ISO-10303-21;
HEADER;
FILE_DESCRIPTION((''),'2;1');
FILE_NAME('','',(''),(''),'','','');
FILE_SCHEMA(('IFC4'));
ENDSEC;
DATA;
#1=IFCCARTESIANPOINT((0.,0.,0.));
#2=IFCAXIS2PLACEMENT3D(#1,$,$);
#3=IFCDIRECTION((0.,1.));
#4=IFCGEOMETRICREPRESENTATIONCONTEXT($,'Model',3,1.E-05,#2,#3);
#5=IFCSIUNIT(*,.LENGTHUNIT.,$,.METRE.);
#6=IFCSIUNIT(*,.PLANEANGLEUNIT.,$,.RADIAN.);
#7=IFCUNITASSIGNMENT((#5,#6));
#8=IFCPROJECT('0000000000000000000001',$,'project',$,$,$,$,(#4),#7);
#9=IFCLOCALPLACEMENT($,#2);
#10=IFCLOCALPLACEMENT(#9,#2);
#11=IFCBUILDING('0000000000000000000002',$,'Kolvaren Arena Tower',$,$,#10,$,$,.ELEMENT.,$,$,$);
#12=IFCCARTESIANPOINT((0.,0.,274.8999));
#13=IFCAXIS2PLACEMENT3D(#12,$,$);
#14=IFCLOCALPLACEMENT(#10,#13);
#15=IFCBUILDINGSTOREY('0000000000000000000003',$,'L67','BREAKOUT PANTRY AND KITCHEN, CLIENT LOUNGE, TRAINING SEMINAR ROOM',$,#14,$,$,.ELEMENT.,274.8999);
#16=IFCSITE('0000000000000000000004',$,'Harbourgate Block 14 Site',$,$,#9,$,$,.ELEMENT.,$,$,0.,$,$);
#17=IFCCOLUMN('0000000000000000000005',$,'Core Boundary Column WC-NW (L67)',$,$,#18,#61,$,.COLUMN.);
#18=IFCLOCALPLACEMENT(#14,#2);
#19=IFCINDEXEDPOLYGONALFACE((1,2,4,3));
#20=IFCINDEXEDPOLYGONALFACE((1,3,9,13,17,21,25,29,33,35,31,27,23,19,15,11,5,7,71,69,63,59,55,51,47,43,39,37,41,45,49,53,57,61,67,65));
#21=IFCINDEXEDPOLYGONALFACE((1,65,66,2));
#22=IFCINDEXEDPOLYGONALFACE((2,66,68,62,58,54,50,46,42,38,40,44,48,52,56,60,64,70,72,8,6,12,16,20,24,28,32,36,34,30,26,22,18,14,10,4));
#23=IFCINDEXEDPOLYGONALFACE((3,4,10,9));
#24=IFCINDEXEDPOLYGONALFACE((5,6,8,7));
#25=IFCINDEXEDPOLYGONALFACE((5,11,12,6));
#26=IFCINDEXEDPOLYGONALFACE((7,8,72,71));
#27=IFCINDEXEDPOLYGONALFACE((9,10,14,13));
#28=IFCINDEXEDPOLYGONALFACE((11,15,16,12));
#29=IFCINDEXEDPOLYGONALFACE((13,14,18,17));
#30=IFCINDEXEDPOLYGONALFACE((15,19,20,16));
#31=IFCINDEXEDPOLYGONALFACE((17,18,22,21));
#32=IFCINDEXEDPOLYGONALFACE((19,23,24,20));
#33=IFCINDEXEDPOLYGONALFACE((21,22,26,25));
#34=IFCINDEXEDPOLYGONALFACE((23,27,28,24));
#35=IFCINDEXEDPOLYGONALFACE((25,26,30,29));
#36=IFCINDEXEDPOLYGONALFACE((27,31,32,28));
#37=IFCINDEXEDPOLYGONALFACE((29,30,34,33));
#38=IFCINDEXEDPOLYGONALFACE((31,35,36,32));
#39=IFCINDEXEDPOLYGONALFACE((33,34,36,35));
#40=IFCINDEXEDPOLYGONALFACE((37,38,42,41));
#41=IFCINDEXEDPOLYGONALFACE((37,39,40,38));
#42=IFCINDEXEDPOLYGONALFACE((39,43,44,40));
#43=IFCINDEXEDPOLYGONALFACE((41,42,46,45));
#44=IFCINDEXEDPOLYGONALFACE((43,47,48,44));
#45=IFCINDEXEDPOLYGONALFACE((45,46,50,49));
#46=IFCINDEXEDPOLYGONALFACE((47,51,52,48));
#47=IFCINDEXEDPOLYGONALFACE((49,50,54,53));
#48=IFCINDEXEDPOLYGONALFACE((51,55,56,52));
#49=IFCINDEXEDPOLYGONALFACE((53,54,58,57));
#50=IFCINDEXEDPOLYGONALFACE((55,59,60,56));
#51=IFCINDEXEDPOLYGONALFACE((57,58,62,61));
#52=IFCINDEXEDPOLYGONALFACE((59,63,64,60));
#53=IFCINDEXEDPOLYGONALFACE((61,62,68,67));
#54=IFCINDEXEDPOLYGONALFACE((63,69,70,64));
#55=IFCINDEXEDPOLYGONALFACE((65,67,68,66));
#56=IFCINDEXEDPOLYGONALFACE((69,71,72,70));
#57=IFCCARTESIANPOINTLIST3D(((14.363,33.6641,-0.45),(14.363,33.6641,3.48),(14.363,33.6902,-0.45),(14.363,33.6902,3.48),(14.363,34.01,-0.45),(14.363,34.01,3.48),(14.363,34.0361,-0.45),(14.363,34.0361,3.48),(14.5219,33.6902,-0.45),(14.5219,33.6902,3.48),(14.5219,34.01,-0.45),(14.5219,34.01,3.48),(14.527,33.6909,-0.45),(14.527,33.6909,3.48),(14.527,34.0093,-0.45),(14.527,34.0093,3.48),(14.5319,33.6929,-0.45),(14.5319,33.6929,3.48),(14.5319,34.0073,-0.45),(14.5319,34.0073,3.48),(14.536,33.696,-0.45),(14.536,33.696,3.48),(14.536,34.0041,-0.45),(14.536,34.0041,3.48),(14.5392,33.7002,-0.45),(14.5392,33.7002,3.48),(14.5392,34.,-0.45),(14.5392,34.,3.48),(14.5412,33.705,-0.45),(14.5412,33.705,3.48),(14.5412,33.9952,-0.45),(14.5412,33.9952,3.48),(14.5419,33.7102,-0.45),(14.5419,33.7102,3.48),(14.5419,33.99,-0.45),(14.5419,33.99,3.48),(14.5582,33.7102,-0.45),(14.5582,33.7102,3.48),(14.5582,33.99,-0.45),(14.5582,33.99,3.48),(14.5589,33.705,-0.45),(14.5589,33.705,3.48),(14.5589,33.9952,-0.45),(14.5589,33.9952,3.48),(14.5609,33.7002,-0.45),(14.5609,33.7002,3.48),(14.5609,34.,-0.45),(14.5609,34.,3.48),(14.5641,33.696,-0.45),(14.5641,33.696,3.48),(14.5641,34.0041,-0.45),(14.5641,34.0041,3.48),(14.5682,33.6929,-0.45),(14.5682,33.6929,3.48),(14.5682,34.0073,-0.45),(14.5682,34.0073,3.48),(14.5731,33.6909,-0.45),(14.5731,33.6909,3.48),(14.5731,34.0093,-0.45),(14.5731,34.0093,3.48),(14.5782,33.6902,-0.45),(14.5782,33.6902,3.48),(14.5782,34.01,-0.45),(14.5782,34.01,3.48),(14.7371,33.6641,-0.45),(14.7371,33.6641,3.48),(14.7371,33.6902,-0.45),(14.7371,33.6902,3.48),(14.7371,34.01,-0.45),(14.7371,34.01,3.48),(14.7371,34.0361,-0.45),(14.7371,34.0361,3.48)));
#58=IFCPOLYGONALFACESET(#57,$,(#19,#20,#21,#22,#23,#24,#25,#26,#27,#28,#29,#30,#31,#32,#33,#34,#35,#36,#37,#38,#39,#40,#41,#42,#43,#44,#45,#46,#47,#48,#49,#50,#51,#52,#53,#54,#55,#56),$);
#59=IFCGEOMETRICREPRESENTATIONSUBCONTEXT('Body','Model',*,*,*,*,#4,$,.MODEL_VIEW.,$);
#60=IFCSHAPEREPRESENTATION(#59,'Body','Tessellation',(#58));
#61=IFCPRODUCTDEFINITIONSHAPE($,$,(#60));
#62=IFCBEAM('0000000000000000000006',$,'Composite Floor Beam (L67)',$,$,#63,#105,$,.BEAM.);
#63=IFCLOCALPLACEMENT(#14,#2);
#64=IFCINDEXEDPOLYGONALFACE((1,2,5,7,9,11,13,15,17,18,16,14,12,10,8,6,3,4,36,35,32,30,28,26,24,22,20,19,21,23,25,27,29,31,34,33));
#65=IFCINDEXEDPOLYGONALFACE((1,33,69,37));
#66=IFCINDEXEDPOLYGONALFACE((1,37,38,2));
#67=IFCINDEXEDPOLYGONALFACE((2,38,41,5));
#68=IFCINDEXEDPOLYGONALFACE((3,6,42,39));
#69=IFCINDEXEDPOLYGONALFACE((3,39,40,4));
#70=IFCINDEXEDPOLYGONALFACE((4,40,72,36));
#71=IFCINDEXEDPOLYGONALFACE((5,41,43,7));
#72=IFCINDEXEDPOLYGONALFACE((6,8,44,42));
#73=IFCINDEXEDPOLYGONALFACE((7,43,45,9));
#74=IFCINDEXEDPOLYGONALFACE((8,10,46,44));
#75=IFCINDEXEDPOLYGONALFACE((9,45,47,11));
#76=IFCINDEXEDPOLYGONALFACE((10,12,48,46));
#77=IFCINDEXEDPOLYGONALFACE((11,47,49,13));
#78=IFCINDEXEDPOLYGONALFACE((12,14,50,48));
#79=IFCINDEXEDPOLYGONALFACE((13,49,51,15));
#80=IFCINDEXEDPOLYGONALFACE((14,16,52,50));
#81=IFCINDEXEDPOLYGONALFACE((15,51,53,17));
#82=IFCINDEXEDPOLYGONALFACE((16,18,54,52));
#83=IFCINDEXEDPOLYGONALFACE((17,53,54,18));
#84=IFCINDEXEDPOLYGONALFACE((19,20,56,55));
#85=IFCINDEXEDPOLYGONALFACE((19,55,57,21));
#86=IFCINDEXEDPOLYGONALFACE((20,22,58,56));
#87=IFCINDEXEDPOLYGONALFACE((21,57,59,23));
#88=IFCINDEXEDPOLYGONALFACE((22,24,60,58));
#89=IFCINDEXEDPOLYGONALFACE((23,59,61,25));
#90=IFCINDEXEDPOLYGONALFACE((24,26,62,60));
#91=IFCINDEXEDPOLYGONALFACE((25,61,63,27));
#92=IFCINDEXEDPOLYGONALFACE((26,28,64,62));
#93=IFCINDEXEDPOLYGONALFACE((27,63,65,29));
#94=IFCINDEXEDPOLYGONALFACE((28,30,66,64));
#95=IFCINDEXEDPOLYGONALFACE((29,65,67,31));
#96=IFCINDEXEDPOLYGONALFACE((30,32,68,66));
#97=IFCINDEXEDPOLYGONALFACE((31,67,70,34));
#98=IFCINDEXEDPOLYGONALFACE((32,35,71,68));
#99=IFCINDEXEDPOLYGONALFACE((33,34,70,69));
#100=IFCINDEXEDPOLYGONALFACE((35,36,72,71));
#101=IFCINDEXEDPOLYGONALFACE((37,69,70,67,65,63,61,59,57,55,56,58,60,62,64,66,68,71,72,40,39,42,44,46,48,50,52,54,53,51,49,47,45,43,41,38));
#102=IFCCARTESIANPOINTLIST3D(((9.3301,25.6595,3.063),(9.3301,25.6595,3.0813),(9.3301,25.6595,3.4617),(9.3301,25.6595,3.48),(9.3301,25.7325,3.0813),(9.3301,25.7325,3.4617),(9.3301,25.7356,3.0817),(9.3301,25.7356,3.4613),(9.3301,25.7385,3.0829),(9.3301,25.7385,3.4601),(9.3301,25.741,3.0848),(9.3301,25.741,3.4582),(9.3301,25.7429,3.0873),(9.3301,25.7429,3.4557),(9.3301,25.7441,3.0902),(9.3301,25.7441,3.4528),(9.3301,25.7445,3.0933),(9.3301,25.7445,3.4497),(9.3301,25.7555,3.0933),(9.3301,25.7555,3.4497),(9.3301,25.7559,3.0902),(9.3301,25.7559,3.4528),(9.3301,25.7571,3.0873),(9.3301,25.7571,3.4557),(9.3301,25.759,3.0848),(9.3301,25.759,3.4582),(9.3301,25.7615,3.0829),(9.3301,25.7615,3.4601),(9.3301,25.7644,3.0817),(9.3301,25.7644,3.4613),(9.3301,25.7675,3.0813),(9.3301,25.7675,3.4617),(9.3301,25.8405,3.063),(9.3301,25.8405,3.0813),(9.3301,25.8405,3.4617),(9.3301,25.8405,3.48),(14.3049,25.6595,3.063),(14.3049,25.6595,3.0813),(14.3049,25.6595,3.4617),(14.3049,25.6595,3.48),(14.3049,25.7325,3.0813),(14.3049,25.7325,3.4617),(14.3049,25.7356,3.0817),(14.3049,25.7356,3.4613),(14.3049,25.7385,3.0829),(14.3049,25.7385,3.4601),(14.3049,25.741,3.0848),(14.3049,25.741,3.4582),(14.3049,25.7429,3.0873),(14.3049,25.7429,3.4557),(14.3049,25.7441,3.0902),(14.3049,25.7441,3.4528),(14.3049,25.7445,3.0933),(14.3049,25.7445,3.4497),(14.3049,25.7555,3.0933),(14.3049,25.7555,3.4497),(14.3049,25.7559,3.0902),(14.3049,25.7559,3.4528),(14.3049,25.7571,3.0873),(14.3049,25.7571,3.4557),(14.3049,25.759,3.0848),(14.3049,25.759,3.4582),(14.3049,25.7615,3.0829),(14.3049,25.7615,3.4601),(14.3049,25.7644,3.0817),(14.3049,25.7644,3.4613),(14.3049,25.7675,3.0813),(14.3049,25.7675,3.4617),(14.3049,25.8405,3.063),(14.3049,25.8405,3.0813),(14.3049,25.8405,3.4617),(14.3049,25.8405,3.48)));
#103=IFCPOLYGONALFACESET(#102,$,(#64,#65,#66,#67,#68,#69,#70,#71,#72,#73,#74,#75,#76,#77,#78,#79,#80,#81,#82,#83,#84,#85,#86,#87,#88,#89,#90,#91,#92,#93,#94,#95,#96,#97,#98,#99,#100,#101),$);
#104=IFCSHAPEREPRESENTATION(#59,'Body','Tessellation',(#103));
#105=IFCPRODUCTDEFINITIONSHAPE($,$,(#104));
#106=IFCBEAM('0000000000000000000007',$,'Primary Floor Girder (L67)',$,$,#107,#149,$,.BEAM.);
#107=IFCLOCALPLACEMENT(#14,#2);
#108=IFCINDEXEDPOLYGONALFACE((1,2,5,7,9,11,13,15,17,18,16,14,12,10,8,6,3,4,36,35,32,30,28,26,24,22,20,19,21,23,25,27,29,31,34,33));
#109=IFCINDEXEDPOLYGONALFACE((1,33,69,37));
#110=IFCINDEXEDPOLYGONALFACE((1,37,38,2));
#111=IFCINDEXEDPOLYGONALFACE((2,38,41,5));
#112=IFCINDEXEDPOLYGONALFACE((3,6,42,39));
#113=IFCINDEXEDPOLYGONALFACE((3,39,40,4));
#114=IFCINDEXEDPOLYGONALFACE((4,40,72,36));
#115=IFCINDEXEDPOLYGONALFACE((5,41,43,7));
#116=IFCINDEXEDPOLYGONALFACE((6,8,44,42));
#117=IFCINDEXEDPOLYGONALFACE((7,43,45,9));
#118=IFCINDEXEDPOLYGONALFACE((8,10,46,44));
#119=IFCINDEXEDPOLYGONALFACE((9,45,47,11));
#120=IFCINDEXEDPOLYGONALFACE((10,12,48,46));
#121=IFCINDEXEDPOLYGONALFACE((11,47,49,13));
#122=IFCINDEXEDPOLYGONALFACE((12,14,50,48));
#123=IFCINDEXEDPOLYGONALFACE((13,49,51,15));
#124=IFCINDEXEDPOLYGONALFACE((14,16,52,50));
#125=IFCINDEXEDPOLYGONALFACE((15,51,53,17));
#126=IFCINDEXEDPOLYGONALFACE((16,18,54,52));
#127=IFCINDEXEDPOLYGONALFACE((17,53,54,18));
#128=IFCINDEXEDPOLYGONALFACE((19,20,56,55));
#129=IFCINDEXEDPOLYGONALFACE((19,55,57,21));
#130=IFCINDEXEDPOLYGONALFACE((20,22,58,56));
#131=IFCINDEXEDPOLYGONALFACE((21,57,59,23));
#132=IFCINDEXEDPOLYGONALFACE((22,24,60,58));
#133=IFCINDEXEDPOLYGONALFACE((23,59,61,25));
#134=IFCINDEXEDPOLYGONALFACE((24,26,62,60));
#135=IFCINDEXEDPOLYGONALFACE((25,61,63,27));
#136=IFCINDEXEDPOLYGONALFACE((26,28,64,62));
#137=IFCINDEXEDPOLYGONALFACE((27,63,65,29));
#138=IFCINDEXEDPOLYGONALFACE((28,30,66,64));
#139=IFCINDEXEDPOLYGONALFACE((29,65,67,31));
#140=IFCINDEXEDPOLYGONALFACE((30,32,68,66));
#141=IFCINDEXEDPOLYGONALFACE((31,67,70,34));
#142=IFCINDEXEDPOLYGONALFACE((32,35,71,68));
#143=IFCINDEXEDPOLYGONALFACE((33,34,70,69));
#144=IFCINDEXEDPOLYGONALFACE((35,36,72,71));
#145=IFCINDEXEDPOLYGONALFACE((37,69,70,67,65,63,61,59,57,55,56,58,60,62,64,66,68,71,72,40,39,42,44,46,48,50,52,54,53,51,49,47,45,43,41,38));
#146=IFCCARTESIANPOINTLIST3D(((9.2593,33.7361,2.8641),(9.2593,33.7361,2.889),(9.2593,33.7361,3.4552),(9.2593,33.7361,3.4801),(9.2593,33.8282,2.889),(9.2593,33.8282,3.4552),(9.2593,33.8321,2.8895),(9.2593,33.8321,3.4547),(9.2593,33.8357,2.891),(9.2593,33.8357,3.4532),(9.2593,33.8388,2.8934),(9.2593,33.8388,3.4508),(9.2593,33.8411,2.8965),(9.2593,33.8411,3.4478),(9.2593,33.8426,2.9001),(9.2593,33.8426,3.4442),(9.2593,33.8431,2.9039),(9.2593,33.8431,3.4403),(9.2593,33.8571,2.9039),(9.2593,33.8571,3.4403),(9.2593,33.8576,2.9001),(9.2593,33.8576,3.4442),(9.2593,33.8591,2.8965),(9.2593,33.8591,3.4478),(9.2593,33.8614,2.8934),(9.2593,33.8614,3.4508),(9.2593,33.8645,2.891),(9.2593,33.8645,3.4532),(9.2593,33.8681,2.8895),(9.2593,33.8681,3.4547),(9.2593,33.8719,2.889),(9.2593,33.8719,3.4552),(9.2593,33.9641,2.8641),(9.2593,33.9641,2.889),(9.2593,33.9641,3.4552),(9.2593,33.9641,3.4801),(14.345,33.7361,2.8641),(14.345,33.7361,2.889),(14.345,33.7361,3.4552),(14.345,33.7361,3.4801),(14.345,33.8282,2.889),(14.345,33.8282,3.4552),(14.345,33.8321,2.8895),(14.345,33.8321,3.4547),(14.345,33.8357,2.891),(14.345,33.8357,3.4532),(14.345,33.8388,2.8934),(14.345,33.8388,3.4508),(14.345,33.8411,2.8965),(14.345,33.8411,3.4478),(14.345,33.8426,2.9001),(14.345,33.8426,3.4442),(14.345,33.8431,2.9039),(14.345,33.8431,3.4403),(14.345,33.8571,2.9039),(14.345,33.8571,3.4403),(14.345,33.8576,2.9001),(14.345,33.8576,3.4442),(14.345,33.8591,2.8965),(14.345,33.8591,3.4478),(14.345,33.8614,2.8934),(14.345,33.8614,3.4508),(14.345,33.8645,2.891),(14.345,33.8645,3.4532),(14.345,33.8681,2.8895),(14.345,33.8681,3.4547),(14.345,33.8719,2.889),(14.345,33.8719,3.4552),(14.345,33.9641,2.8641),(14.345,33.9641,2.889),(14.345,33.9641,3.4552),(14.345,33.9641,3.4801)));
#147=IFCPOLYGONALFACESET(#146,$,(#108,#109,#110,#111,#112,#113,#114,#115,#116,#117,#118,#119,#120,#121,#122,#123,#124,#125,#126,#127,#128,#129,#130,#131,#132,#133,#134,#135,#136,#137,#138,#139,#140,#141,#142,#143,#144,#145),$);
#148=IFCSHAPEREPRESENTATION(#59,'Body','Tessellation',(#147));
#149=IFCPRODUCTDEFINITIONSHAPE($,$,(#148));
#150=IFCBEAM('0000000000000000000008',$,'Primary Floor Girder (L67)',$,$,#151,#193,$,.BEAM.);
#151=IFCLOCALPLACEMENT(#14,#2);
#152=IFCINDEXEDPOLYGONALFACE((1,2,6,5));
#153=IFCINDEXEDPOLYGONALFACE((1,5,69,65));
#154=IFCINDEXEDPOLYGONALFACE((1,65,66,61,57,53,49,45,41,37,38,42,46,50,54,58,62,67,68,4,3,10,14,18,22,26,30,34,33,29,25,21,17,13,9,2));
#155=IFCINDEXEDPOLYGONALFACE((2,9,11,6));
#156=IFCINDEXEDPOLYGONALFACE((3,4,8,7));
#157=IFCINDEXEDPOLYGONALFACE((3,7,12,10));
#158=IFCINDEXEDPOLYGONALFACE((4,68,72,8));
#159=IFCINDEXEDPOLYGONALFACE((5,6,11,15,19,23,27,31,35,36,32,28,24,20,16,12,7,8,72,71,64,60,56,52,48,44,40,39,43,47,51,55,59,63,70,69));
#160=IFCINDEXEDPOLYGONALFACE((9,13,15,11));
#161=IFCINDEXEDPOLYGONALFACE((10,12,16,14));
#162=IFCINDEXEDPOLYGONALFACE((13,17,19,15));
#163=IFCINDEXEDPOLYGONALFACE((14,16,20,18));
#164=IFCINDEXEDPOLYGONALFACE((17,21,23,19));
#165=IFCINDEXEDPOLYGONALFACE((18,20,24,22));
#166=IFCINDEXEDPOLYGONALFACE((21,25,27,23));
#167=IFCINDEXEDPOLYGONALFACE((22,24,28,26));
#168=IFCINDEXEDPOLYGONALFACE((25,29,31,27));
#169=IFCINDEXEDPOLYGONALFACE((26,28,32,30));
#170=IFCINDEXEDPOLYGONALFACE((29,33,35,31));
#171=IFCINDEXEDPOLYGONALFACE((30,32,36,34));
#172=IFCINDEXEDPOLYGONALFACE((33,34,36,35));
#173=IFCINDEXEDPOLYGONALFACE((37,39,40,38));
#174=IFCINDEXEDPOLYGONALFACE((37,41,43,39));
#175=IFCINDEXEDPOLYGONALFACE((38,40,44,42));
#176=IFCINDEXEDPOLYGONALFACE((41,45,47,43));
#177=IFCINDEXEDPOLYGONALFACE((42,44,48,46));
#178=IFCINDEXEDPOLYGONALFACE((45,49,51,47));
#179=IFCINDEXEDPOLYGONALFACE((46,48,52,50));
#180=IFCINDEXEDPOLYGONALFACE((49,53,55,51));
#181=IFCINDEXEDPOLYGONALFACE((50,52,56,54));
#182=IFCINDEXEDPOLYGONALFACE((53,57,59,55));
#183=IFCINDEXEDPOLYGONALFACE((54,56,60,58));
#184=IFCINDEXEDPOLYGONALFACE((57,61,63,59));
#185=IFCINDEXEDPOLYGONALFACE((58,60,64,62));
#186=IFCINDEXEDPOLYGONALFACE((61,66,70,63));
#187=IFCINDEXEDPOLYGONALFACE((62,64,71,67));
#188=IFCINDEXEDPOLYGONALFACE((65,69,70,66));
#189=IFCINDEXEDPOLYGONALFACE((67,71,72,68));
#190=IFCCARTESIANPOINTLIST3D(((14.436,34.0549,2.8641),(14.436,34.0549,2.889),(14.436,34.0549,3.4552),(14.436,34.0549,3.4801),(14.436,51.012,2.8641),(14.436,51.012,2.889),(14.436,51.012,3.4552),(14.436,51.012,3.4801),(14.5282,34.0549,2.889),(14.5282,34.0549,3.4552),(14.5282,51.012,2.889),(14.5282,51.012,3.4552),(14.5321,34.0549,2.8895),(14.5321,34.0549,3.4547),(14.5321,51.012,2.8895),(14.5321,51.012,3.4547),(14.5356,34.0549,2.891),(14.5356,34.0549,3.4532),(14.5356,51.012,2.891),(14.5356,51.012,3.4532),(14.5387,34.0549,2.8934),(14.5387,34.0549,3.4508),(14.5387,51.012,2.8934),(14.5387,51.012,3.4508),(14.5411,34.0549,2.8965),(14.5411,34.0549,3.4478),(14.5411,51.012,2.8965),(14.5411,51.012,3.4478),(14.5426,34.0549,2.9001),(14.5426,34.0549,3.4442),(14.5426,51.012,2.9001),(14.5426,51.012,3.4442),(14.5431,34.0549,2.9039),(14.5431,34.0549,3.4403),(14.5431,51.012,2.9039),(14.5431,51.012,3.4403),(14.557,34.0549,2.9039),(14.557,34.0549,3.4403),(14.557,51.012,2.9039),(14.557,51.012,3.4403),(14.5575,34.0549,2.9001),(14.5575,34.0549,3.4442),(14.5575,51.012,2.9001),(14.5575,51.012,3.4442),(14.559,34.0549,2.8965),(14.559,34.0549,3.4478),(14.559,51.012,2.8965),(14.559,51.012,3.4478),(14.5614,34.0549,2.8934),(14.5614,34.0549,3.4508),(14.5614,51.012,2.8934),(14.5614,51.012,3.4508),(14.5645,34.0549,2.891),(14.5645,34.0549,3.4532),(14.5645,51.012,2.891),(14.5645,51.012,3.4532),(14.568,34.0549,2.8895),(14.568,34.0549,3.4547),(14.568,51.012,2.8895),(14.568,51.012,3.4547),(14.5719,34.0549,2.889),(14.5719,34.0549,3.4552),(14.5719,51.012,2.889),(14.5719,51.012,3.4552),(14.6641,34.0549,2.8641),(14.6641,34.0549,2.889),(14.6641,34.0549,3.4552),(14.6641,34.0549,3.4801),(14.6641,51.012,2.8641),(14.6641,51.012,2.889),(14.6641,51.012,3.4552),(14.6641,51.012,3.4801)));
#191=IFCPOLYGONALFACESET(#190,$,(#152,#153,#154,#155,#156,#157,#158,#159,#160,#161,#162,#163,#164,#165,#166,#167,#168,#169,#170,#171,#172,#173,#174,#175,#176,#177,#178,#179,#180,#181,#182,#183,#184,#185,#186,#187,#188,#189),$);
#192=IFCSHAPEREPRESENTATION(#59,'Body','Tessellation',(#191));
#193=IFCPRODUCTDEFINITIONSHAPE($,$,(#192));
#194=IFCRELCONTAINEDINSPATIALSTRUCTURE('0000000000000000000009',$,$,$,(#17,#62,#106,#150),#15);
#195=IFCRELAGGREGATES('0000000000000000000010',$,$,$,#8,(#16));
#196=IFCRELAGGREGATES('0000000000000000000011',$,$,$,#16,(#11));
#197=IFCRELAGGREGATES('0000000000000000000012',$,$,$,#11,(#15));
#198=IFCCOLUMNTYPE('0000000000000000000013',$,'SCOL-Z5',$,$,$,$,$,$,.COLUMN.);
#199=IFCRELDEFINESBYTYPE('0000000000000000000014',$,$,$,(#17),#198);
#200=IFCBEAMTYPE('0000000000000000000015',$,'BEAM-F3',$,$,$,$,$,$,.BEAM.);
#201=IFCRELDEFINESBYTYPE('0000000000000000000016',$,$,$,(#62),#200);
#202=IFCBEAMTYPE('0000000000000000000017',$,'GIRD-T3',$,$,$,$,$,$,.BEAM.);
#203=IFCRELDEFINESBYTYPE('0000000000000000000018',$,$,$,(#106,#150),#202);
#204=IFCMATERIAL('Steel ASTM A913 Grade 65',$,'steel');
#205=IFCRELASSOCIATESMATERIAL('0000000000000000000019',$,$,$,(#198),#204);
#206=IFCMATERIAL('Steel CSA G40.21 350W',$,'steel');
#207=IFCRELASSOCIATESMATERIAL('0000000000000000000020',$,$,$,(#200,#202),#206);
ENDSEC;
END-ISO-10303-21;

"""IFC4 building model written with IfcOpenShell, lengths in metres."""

from ifc_helpers import new_model, si_unit, direction, frame, origin, origin_2d, place, context, subcontext, project, spatial, i_section, extrude, material, material_profile, profile_set, type_object, element, save


model = new_model("IFC4")

# Units and contexts
model_context = context("Model", 3, precision=1e-05, world=origin(), true_north=direction((0.0, 1.0)))
body_context = subcontext(model_context, "Body", "Model", "MODEL_VIEW")
ifc_project = project(units=[si_unit("LENGTHUNIT", "METRE"), si_unit("PLANEANGLEUNIT", "RADIAN")], contexts=[model_context])

# Site, building, storey
site_placement = place(None, origin())
site = spatial("IfcSite", under=ifc_project, at=site_placement, Name="Harbourgate Block 14 Site", CompositionType="ELEMENT", RefElevation=0.0)
building_placement = place(site_placement, origin())
building = spatial("IfcBuilding", under=site, at=building_placement, Name="Kolvaren Arena Tower", CompositionType="ELEMENT")
storey_placement = place(building_placement, frame((0.0, 0.0, 274.8999)))
storey = spatial("IfcBuildingStorey", under=building, at=storey_placement, Name="L67", Description="BREAKOUT PANTRY AND KITCHEN, CLIENT LOUNGE, TRAINING SEMINAR ROOM", CompositionType="ELEMENT", Elevation=274.8999)

# Column
ifc_material_1 = material(Name="Steel ASTM A913 Grade 65", Category="steel")
ifc_material_profile_1 = material_profile(ifc_material_1, i_section(OverallWidth=0.374, OverallDepth=0.3721, WebThickness=0.0164, FlangeThickness=0.0261, FilletRadius=0.02, at=origin_2d()), Name="W360x196")
ifc_profile_set_1 = profile_set([ifc_material_profile_1], Name="Steel ASTM A913 Grade 65")
column_type = type_object("IfcColumnType", Name="SCOL-Z5", PredefinedType="COLUMN", material=ifc_profile_set_1)
column_placement = place(storey_placement, frame((14.55, 33.8501, -0.45), z_axis=(0.0, 0.0, 1.0), x_axis=(1.0, 0.0, 0.0)))
element("IfcColumn", 1, at=column_placement, inside=storey, type_object=column_type, Name="Core Boundary Column WC-NW (L67)", PredefinedType="COLUMN", context=body_context, shape_type="SweptSolid", body=[
    extrude(i_section(OverallWidth=0.374, OverallDepth=0.3721, WebThickness=0.0164, FlangeThickness=0.0261, FilletRadius=0.02, at=origin_2d()), origin(), (0.0, 0.0, 1.0), 3.9299),
])

# Beams
ifc_material_2 = material(Name="Steel CSA G40.21 350W", Category="steel")
ifc_material_profile_2 = material_profile(ifc_material_2, i_section(OverallWidth=0.1809, OverallDepth=0.417, WebThickness=0.011, FlangeThickness=0.0183, FilletRadius=0.012, at=origin_2d()), Name="W410x85")
ifc_profile_set_2 = profile_set([ifc_material_profile_2], Name="Steel CSA G40.21 350W")
beam_type_1 = type_object("IfcBeamType", Name="BEAM-F3", PredefinedType="BEAM", material=ifc_profile_set_2)
beam_1_placement = place(storey_placement, frame((9.3301, 25.75, 3.2715), z_axis=(1.0, 0.0, 0.0), x_axis=(0.0, 1.0, 0.0)))
element("IfcBeam", 2, at=beam_1_placement, inside=storey, type_object=beam_type_1, Name="Composite Floor Beam (L67)", PredefinedType="BEAM", context=body_context, shape_type="SweptSolid", body=[
    extrude(i_section(OverallWidth=0.1809, OverallDepth=0.417, WebThickness=0.011, FlangeThickness=0.0183, FilletRadius=0.012, at=origin_2d()), origin(), (0.0, 0.0, 1.0), 4.9749),
])
ifc_material_profile_3 = material_profile(ifc_material_2, i_section(OverallWidth=0.228, OverallDepth=0.616, WebThickness=0.0139, FlangeThickness=0.0249, FilletRadius=0.0149, at=origin_2d()), Name="W610x174")
ifc_profile_set_3 = profile_set([ifc_material_profile_3], Name="Steel CSA G40.21 350W")
beam_type_2 = type_object("IfcBeamType", Name="GIRD-T3", PredefinedType="BEAM", material=ifc_profile_set_3)
beam_2_placement = place(storey_placement, frame((9.2593, 33.8501, 3.1721), z_axis=(1.0, 0.0, 0.0), x_axis=(0.0, 1.0, 0.0)))
element("IfcBeam", 3, at=beam_2_placement, inside=storey, type_object=beam_type_2, Name="Primary Floor Girder (L67)", PredefinedType="BEAM", context=body_context, shape_type="SweptSolid", body=[
    extrude(i_section(OverallWidth=0.228, OverallDepth=0.616, WebThickness=0.0139, FlangeThickness=0.0249, FilletRadius=0.0149, at=origin_2d()), origin(), (0.0, 0.0, 1.0), 5.0857),
])
beam_3_placement = place(storey_placement, frame((14.55, 34.0549, 3.1721), z_axis=(0.0, 1.0, 0.0), x_axis=(-1.0, 0.0, 0.0)))
element("IfcBeam", 4, at=beam_3_placement, inside=storey, type_object=beam_type_2, Name="Primary Floor Girder (L67)", PredefinedType="BEAM", context=body_context, shape_type="SweptSolid", body=[
    extrude(i_section(OverallWidth=0.228, OverallDepth=0.616, WebThickness=0.0139, FlangeThickness=0.0249, FilletRadius=0.0149, at=origin_2d()), origin(), (0.0, 0.0, 1.0), 16.957),
])

save(model, "model.ifc")
